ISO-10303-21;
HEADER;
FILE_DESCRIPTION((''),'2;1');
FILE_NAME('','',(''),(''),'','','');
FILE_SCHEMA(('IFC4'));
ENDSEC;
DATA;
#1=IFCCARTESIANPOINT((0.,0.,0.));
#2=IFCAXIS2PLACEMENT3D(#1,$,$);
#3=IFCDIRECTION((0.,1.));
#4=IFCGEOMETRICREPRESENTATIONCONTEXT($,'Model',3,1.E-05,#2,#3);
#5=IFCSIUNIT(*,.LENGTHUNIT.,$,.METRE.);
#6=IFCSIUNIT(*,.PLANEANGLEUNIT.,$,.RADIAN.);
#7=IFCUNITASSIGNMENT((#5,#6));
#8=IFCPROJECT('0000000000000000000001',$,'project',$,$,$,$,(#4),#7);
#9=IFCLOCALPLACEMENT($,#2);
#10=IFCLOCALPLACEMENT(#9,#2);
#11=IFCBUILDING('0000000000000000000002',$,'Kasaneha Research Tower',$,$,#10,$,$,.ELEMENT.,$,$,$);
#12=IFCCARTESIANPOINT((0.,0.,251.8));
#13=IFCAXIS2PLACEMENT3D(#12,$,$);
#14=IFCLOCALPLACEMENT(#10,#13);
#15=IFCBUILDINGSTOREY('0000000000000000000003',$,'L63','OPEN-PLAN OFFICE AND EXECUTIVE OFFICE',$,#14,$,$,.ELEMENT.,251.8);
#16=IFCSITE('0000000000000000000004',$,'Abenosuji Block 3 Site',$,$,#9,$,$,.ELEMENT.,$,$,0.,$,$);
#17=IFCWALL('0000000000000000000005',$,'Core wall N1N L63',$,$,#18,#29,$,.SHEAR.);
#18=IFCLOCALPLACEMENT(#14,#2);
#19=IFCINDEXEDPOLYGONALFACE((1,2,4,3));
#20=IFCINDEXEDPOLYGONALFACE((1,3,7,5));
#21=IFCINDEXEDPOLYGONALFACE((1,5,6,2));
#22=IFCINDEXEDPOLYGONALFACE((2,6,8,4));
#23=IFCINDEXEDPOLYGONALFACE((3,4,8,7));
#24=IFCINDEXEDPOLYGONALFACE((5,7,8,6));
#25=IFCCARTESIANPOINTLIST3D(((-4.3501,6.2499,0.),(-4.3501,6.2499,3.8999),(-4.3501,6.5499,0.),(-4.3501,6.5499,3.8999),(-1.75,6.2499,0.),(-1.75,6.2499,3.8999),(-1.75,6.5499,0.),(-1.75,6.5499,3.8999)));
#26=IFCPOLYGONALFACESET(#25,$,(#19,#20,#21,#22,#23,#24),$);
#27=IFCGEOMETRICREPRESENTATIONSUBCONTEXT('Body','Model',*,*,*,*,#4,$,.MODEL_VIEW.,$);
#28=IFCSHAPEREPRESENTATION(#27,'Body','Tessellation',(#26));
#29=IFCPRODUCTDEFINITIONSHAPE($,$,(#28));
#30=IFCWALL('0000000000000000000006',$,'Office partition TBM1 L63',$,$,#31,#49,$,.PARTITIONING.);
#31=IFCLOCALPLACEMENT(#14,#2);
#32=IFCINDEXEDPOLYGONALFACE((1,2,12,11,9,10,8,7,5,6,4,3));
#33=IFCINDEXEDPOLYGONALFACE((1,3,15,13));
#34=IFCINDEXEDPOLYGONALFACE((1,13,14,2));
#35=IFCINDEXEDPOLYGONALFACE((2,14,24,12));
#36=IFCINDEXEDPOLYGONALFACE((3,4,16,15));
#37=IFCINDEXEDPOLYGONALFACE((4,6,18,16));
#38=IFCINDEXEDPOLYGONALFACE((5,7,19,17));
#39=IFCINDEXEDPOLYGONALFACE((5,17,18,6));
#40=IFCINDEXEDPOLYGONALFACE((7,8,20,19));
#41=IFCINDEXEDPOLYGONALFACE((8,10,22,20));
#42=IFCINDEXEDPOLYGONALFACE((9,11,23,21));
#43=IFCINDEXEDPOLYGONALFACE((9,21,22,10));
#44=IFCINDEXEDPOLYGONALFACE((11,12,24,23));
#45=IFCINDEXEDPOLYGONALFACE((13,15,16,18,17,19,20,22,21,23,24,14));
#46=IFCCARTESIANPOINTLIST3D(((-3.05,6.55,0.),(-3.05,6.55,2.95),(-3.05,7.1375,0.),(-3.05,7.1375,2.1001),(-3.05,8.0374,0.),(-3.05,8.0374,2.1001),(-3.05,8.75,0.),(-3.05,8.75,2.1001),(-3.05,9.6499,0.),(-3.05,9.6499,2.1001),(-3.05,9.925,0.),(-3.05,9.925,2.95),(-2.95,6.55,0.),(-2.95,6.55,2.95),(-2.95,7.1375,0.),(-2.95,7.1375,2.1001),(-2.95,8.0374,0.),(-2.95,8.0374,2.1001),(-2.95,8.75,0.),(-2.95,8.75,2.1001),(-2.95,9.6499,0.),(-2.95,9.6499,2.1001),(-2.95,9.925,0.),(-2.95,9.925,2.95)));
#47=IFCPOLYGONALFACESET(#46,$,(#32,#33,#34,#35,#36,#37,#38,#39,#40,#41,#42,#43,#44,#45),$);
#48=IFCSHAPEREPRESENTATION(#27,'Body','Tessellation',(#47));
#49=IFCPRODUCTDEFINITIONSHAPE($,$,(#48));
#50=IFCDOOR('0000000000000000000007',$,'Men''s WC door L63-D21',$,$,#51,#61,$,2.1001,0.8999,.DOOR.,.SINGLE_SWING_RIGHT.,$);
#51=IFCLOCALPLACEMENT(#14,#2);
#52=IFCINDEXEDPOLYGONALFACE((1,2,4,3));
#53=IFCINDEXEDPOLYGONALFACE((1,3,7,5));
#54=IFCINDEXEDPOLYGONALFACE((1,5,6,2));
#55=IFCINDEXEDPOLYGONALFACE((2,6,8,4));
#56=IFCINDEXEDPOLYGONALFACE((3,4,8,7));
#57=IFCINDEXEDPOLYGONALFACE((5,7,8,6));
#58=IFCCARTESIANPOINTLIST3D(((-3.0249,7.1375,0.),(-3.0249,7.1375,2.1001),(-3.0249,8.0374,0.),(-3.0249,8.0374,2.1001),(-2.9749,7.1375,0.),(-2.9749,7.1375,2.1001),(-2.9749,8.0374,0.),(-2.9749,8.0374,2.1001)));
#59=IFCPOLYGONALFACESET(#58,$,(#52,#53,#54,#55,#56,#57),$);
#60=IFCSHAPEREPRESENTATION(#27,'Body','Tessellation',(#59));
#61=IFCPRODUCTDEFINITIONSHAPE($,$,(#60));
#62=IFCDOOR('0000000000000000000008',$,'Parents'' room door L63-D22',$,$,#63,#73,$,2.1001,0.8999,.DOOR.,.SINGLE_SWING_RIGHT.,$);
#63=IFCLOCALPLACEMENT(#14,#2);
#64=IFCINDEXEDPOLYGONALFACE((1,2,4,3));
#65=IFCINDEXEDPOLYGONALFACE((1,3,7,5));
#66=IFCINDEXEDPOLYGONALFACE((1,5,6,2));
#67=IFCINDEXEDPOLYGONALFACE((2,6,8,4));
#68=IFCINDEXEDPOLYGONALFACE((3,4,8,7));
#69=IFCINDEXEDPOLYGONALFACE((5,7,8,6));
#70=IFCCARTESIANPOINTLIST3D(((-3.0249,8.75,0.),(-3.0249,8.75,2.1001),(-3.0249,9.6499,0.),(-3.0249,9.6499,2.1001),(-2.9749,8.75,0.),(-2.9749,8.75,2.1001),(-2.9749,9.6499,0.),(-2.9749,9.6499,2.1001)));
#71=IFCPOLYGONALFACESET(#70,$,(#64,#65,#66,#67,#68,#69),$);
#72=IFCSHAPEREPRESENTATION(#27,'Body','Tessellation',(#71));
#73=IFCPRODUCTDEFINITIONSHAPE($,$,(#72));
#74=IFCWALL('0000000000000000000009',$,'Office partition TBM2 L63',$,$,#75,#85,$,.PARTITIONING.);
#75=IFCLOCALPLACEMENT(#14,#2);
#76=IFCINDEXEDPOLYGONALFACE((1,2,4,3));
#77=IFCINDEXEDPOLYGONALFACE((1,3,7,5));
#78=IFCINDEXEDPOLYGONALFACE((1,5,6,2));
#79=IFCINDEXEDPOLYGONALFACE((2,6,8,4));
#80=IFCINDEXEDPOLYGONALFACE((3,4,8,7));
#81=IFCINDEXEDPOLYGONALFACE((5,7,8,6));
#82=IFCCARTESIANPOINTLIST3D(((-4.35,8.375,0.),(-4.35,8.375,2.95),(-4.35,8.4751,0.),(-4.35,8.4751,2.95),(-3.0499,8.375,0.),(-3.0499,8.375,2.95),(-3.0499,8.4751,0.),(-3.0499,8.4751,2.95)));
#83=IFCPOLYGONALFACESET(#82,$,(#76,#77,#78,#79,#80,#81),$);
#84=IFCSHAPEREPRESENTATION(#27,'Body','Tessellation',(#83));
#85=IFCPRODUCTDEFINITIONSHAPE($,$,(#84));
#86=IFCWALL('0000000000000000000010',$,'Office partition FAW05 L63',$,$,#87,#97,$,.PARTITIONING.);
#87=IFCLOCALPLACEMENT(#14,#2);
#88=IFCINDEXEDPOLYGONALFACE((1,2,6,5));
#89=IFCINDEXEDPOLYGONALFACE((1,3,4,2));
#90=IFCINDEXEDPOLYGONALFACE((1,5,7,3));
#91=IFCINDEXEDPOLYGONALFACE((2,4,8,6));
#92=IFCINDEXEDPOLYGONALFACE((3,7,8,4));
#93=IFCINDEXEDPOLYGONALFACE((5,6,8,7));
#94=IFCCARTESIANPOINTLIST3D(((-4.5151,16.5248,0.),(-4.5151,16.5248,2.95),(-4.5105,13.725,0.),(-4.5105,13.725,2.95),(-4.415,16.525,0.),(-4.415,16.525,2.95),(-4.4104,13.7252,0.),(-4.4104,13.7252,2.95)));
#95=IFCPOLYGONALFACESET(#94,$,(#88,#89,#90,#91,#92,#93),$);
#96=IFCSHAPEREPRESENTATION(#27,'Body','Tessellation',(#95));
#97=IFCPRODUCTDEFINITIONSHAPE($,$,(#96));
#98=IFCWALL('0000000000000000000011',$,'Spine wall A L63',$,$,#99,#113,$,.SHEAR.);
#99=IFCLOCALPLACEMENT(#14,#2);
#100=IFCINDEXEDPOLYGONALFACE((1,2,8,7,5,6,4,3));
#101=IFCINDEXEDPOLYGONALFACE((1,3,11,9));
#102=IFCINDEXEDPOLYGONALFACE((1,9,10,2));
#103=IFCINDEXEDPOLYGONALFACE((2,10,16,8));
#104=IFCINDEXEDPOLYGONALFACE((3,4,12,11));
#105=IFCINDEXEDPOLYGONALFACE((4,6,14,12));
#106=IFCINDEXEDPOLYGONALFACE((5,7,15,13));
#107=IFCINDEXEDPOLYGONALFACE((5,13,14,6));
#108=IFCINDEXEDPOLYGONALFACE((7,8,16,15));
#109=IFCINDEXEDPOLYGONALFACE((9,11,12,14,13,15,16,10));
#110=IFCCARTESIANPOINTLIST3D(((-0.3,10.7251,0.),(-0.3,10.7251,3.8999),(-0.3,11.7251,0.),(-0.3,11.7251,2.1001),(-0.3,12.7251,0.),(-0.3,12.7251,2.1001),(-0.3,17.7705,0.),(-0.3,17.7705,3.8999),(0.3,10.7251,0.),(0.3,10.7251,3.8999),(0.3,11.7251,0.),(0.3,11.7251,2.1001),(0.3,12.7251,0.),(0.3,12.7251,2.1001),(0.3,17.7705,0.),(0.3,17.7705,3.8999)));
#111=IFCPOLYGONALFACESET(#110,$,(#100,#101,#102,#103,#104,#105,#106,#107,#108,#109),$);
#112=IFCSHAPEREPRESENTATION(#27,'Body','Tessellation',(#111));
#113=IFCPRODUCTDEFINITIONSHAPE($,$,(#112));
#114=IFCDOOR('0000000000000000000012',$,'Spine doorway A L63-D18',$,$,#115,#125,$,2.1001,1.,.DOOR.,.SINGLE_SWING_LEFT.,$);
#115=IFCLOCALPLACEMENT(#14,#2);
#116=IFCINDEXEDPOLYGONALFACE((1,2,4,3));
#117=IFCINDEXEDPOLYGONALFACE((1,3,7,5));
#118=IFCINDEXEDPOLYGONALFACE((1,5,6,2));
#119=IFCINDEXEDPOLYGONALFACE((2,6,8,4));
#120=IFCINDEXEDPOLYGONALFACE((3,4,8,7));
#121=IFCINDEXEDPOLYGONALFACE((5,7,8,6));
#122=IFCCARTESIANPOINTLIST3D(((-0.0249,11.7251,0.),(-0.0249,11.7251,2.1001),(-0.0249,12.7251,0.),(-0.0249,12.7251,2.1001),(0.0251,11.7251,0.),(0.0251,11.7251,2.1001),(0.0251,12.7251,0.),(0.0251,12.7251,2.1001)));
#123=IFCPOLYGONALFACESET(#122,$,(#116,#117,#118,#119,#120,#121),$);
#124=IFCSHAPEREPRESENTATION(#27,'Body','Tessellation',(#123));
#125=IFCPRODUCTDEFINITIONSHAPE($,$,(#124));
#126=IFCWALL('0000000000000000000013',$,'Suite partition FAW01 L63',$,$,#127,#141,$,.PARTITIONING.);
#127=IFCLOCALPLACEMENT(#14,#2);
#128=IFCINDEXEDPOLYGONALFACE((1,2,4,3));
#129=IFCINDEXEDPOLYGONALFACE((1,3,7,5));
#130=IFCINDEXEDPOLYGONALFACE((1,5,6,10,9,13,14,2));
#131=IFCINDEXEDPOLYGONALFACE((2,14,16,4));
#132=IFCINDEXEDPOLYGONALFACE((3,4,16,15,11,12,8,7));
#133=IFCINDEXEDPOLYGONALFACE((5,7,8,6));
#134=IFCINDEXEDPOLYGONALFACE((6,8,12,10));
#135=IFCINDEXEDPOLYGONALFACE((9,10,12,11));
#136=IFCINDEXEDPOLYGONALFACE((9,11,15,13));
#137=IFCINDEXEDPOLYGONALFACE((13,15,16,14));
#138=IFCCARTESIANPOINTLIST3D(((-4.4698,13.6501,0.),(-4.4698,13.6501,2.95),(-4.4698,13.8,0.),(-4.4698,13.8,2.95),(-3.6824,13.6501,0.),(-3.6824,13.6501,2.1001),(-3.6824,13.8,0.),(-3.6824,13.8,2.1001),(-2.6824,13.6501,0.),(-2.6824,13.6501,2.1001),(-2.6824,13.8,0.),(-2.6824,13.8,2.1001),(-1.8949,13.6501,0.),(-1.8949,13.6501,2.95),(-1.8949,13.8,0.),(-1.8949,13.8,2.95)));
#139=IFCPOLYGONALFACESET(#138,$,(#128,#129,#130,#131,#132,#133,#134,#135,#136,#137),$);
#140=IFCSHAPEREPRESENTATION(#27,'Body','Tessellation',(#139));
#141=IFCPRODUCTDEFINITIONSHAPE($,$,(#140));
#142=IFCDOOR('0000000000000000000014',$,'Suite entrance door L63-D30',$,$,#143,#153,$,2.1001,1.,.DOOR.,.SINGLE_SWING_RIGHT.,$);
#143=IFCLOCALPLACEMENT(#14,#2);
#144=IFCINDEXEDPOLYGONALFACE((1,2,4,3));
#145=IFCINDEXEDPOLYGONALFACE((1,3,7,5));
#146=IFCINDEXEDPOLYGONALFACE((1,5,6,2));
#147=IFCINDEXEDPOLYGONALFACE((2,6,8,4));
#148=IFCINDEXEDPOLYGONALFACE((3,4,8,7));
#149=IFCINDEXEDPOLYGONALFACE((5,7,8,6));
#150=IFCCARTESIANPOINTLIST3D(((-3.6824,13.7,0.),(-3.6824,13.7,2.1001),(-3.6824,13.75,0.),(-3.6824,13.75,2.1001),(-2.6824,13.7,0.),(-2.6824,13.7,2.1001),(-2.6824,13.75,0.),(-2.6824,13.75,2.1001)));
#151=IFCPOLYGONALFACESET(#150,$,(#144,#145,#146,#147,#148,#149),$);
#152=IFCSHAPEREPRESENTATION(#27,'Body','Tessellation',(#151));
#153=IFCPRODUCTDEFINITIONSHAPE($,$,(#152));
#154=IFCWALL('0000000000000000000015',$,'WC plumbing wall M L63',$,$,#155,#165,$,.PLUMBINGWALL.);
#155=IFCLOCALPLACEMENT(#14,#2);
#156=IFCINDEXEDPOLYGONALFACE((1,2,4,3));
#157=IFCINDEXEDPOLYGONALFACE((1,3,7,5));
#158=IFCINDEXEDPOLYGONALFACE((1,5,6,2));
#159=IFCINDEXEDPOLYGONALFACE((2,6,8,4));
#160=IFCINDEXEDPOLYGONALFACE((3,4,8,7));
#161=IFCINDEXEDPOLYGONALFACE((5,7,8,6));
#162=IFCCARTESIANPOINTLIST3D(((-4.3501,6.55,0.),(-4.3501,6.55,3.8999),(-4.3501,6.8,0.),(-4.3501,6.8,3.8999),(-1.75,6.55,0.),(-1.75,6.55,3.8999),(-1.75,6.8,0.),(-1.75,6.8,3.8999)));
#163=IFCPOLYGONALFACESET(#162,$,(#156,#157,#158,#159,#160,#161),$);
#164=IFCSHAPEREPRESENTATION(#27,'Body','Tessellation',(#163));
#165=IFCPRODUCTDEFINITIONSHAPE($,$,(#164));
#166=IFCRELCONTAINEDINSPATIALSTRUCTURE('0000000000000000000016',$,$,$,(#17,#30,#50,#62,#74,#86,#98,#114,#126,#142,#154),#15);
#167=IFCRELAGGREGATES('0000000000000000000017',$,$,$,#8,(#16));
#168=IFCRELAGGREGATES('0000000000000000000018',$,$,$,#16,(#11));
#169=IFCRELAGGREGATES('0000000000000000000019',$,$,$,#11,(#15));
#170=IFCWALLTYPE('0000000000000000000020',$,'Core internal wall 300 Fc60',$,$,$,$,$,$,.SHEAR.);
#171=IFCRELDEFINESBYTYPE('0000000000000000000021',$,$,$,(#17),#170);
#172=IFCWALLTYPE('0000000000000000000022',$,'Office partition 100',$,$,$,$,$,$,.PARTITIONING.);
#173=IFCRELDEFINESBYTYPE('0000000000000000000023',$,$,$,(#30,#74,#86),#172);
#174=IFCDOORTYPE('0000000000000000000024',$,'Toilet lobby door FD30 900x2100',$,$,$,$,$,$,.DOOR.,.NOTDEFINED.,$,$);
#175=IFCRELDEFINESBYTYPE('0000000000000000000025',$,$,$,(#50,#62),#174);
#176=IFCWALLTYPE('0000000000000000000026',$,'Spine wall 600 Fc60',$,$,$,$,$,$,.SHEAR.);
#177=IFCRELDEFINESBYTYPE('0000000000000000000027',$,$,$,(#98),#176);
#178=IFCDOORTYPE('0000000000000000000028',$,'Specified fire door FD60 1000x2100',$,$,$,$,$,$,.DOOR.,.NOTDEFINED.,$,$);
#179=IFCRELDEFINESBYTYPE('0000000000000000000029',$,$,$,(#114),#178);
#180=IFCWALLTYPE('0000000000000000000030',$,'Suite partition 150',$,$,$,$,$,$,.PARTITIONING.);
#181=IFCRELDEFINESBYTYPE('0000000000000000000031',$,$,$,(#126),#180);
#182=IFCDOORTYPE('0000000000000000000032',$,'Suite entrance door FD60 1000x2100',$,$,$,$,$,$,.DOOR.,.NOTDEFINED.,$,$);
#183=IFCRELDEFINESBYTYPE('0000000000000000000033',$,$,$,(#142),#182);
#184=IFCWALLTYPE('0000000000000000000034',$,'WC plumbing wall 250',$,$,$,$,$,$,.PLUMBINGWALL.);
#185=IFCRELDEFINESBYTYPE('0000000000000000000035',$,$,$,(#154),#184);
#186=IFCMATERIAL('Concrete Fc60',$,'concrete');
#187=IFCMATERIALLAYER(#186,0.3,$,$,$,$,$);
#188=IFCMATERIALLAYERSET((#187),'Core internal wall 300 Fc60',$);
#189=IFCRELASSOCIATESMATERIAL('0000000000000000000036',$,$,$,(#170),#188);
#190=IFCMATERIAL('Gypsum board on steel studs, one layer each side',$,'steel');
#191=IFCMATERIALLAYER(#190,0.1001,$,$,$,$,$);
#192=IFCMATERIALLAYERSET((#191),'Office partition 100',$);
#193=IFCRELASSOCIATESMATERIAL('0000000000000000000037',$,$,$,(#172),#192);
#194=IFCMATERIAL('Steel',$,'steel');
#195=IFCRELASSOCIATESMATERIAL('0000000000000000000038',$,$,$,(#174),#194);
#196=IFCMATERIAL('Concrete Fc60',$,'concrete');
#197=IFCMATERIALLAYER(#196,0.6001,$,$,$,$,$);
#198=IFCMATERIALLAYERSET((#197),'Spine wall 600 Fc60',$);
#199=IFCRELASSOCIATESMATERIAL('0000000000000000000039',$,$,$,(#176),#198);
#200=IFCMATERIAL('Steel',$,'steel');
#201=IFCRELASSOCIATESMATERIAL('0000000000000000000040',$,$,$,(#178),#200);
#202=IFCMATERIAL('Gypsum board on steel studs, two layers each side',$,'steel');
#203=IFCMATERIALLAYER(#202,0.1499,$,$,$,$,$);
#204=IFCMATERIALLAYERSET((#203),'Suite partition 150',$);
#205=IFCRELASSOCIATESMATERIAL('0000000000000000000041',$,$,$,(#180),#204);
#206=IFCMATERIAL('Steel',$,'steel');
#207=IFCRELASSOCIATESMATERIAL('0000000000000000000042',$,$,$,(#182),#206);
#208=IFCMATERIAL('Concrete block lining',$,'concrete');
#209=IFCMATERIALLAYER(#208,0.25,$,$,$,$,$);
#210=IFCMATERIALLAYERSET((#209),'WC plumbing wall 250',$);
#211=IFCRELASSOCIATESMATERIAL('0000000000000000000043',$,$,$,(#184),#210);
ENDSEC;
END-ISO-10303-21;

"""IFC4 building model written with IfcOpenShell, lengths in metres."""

from ifc_helpers import new_model, si_unit, direction, frame, frame_2d, origin, place, context, subcontext, project, spatial, rectangle, extrude, material, layer, layer_set, type_object, element, fill, save


model = new_model("IFC4")

# Units and contexts
model_context = context("Model", 3, precision=1e-05, world=origin(), true_north=direction((0.0, 1.0)))
body_context = subcontext(model_context, "Body", "Model", "MODEL_VIEW")
ifc_project = project(units=[si_unit("LENGTHUNIT", "METRE"), si_unit("PLANEANGLEUNIT", "RADIAN")], contexts=[model_context])

# Site, building, storey
site_placement = place(None, origin())
site = spatial("IfcSite", under=ifc_project, at=site_placement, Name="Abenosuji Block 3 Site", CompositionType="ELEMENT", RefElevation=0.0)
building_placement = place(site_placement, origin())
building = spatial("IfcBuilding", under=site, at=building_placement, Name="Kasaneha Research Tower", CompositionType="ELEMENT")
storey_placement = place(building_placement, frame((0.0, 0.0, 251.8)))
storey = spatial("IfcBuildingStorey", under=building, at=storey_placement, Name="L63", Description="OPEN-PLAN OFFICE AND EXECUTIVE OFFICE", CompositionType="ELEMENT", Elevation=251.8)

# Shared definitions
ifc_material_1 = material(Name="Concrete Fc60", Category="concrete")
ifc_layer_1 = layer(ifc_material_1, 0.3)
ifc_layer_set_1 = layer_set([ifc_layer_1], Name="Core internal wall 300 Fc60")
wall_type_1 = type_object("IfcWallType", Name="Core internal wall 300 Fc60", PredefinedType="SHEAR", material=ifc_layer_set_1)

# Wall
wall_1_placement = place(storey_placement, frame((-4.3501, 6.3999, 0.0), z_axis=(0.0, 0.0, 1.0), x_axis=(1.0, 0.0, 0.0)))
element("IfcWall", 1, at=wall_1_placement, inside=storey, type_object=wall_type_1, Name="Core wall N1N L63", PredefinedType="SHEAR", context=body_context, shape_type="SweptSolid", body=[
    extrude(rectangle(XDim=2.6001, YDim=0.3, at=frame_2d((1.3, 0.0))), origin(), (0.0, 0.0, 1.0), 3.8999),
])

# Wall, openings, doors
ifc_material_2 = material(Name="Gypsum board on steel studs, one layer each side", Category="steel")
ifc_layer_2 = layer(ifc_material_2, 0.1001)
ifc_layer_set_2 = layer_set([ifc_layer_2], Name="Office partition 100")
wall_type_2 = type_object("IfcWallType", Name="Office partition 100", PredefinedType="PARTITIONING", material=ifc_layer_set_2)
wall_2_placement = place(storey_placement, frame((-3.0, 6.55, 0.0), z_axis=(0.0, 0.0, 1.0), x_axis=(0.0, 1.0, 0.0)))
wall_2 = element("IfcWall", 2, at=wall_2_placement, inside=storey, type_object=wall_type_2, Name="Office partition TBM1 L63", PredefinedType="PARTITIONING", context=body_context, shape_type="SweptSolid", body=[
    extrude(rectangle(XDim=3.375, YDim=0.1001, at=frame_2d((1.6875, 0.0))), origin(), (0.0, 0.0, 1.0), 2.95),
])
opening_1_placement = place(wall_2_placement, frame((0.5874, 0.0, 0.0)))
opening_1 = element("IfcOpeningElement", 3, at=opening_1_placement, cuts=wall_2, PredefinedType="OPENING", context=body_context, shape_type="SweptSolid", body=[
    extrude(rectangle(XDim=0.8999, YDim=2.1001, at=frame_2d((0.45, 1.05))), frame((0.0, 0.0601, 0.0), z_axis=(0.0, -1.0, 0.0), x_axis=(1.0, 0.0, 0.0)), (0.0, 0.0, 1.0), 0.1201),
])
opening_2_placement = place(wall_2_placement, frame((2.2, 0.0, 0.0)))
opening_2 = element("IfcOpeningElement", 4, at=opening_2_placement, cuts=wall_2, PredefinedType="OPENING", context=body_context, shape_type="SweptSolid", body=[
    extrude(rectangle(XDim=0.8999, YDim=2.1001, at=frame_2d((0.45, 1.05))), frame((0.0, 0.0601, 0.0), z_axis=(0.0, -1.0, 0.0), x_axis=(1.0, 0.0, 0.0)), (0.0, 0.0, 1.0), 0.1201),
])
ifc_material_3 = material(Name="Steel", Category="steel")
door_type_1 = type_object("IfcDoorType", Name="Toilet lobby door FD30 900x2100", OperationType="NOTDEFINED", PredefinedType="DOOR", material=ifc_material_3)
door_1_placement = place(opening_1_placement, origin())
door_1 = element("IfcDoor", 5, at=door_1_placement, inside=storey, type_object=door_type_1, Name="Men's WC door L63-D21", OperationType="SINGLE_SWING_RIGHT", OverallHeight=2.1001, OverallWidth=0.8999, PredefinedType="DOOR", context=body_context, shape_type="SweptSolid", body=[
    extrude(rectangle(XDim=0.8999, YDim=2.1001, at=frame_2d((0.45, 1.05))), frame((0.0, 0.0249, 0.0), z_axis=(0.0, -1.0, 0.0), x_axis=(1.0, 0.0, 0.0)), (0.0, 0.0, 1.0), 0.05),
])
fill(opening_1, door_1)
door_2_placement = place(opening_2_placement, origin())
door_2 = element("IfcDoor", 6, at=door_2_placement, inside=storey, type_object=door_type_1, Name="Parents' room door L63-D22", OperationType="SINGLE_SWING_RIGHT", OverallHeight=2.1001, OverallWidth=0.8999, PredefinedType="DOOR", context=body_context, shape_type="SweptSolid", body=[
    extrude(rectangle(XDim=0.8999, YDim=2.1001, at=frame_2d((0.45, 1.05))), frame((0.0, 0.0249, 0.0), z_axis=(0.0, -1.0, 0.0), x_axis=(1.0, 0.0, 0.0)), (0.0, 0.0, 1.0), 0.05),
])
fill(opening_2, door_2)

# Walls
wall_3_placement = place(storey_placement, frame((-3.05, 8.425, 0.0), z_axis=(0.0, 0.0, 1.0), x_axis=(-1.0, 0.0, 0.0)))
element("IfcWall", 7, at=wall_3_placement, inside=storey, type_object=wall_type_2, Name="Office partition TBM2 L63", PredefinedType="PARTITIONING", context=body_context, shape_type="SweptSolid", body=[
    extrude(rectangle(XDim=1.3, YDim=0.1001, at=frame_2d((0.6499, 0.0))), origin(), (0.0, 0.0, 1.0), 2.95),
])
wall_4_placement = place(storey_placement, frame((-4.4604, 13.7251, 0.0), z_axis=(0.0, 0.0, 1.0), x_axis=(-0.001657, 0.999999, 0.0)))
element("IfcWall", 8, at=wall_4_placement, inside=storey, type_object=wall_type_2, Name="Office partition FAW05 L63", PredefinedType="PARTITIONING", context=body_context, shape_type="SweptSolid", body=[
    extrude(rectangle(XDim=2.7998, YDim=0.1001, at=frame_2d((1.3999, 0.0))), origin(), (0.0, 0.0, 1.0), 2.95),
])

# Walls, openings, doors
ifc_material_4 = material(Name="Concrete Fc60", Category="concrete")
ifc_layer_3 = layer(ifc_material_4, 0.6001)
ifc_layer_set_3 = layer_set([ifc_layer_3], Name="Spine wall 600 Fc60")
wall_type_3 = type_object("IfcWallType", Name="Spine wall 600 Fc60", PredefinedType="SHEAR", material=ifc_layer_set_3)
wall_5_placement = place(storey_placement, frame((0.0, 10.7251, 0.0), z_axis=(0.0, 0.0, 1.0), x_axis=(0.0, 1.0, 0.0)))
wall_5 = element("IfcWall", 9, at=wall_5_placement, inside=storey, type_object=wall_type_3, Name="Spine wall A L63", PredefinedType="SHEAR", context=body_context, shape_type="SweptSolid", body=[
    extrude(rectangle(XDim=7.0454, YDim=0.6001, at=frame_2d((3.5227, 0.0))), origin(), (0.0, 0.0, 1.0), 3.8999),
])
opening_3_placement = place(wall_5_placement, frame((1.0, 0.0, 0.0)))
opening_3 = element("IfcOpeningElement", 10, at=opening_3_placement, cuts=wall_5, PredefinedType="OPENING", context=body_context, shape_type="SweptSolid", body=[
    extrude(rectangle(XDim=1.0, YDim=2.1001, at=frame_2d((0.5, 1.05))), frame((0.0, 0.3101, 0.0), z_axis=(0.0, -1.0, 0.0), x_axis=(1.0, 0.0, 0.0)), (0.0, 0.0, 1.0), 0.6201),
])
ifc_material_5 = material(Name="Steel", Category="steel")
door_type_2 = type_object("IfcDoorType", Name="Specified fire door FD60 1000x2100", OperationType="NOTDEFINED", PredefinedType="DOOR", material=ifc_material_5)
door_3_placement = place(opening_3_placement, origin())
door_3 = element("IfcDoor", 11, at=door_3_placement, inside=storey, type_object=door_type_2, Name="Spine doorway A L63-D18", OperationType="SINGLE_SWING_LEFT", OverallHeight=2.1001, OverallWidth=1.0, PredefinedType="DOOR", context=body_context, shape_type="SweptSolid", body=[
    extrude(rectangle(XDim=1.0, YDim=2.1001, at=frame_2d((0.5, 1.05))), frame((0.0, 0.0249, 0.0), z_axis=(0.0, -1.0, 0.0), x_axis=(1.0, 0.0, 0.0)), (0.0, 0.0, 1.0), 0.05),
])
fill(opening_3, door_3)
ifc_material_6 = material(Name="Gypsum board on steel studs, two layers each side", Category="steel")
ifc_layer_4 = layer(ifc_material_6, 0.1499)
ifc_layer_set_4 = layer_set([ifc_layer_4], Name="Suite partition 150")
wall_type_4 = type_object("IfcWallType", Name="Suite partition 150", PredefinedType="PARTITIONING", material=ifc_layer_set_4)
wall_6_placement = place(storey_placement, frame((-4.47, 13.7251, 0.0), z_axis=(0.0, 0.0, 1.0), x_axis=(1.0, 0.0, 0.0)))
wall_6 = element("IfcWall", 12, at=wall_6_placement, inside=storey, type_object=wall_type_4, Name="Suite partition FAW01 L63", PredefinedType="PARTITIONING", context=body_context, shape_type="SweptSolid", body=[
    extrude(rectangle(XDim=2.575, YDim=0.1499, at=frame_2d((1.2876, 0.0))), origin(), (0.0, 0.0, 1.0), 2.95),
])
opening_4_placement = place(wall_6_placement, frame((0.7876, 0.0, 0.0)))
opening_4 = element("IfcOpeningElement", 13, at=opening_4_placement, cuts=wall_6, PredefinedType="OPENING", context=body_context, shape_type="SweptSolid", body=[
    extrude(rectangle(XDim=1.0, YDim=2.1001, at=frame_2d((0.5, 1.05))), frame((0.0, 0.085, 0.0), z_axis=(0.0, -1.0, 0.0), x_axis=(1.0, 0.0, 0.0)), (0.0, 0.0, 1.0), 0.1699),
])
ifc_material_7 = material(Name="Steel", Category="steel")
door_type_3 = type_object("IfcDoorType", Name="Suite entrance door FD60 1000x2100", OperationType="NOTDEFINED", PredefinedType="DOOR", material=ifc_material_7)
door_4_placement = place(opening_4_placement, origin())
door_4 = element("IfcDoor", 14, at=door_4_placement, inside=storey, type_object=door_type_3, Name="Suite entrance door L63-D30", OperationType="SINGLE_SWING_RIGHT", OverallHeight=2.1001, OverallWidth=1.0, PredefinedType="DOOR", context=body_context, shape_type="SweptSolid", body=[
    extrude(rectangle(XDim=1.0, YDim=2.1001, at=frame_2d((0.5, 1.05))), frame((0.0, 0.0249, 0.0), z_axis=(0.0, -1.0, 0.0), x_axis=(1.0, 0.0, 0.0)), (0.0, 0.0, 1.0), 0.05),
])
fill(opening_4, door_4)

# Wall
ifc_material_8 = material(Name="Concrete block lining", Category="concrete")
ifc_layer_5 = layer(ifc_material_8, 0.25)
ifc_layer_set_5 = layer_set([ifc_layer_5], Name="WC plumbing wall 250")
wall_type_5 = type_object("IfcWallType", Name="WC plumbing wall 250", PredefinedType="PLUMBINGWALL", material=ifc_layer_set_5)
wall_7_placement = place(storey_placement, frame((-4.3501, 6.675, 0.0), z_axis=(0.0, 0.0, 1.0), x_axis=(1.0, 0.0, 0.0)))
element("IfcWall", 15, at=wall_7_placement, inside=storey, type_object=wall_type_5, Name="WC plumbing wall M L63", PredefinedType="PLUMBINGWALL", context=body_context, shape_type="SweptSolid", body=[
    extrude(rectangle(XDim=2.6001, YDim=0.25, at=frame_2d((1.3, 0.0))), origin(), (0.0, 0.0, 1.0), 3.8999),
])

save(model, "model.ifc")
